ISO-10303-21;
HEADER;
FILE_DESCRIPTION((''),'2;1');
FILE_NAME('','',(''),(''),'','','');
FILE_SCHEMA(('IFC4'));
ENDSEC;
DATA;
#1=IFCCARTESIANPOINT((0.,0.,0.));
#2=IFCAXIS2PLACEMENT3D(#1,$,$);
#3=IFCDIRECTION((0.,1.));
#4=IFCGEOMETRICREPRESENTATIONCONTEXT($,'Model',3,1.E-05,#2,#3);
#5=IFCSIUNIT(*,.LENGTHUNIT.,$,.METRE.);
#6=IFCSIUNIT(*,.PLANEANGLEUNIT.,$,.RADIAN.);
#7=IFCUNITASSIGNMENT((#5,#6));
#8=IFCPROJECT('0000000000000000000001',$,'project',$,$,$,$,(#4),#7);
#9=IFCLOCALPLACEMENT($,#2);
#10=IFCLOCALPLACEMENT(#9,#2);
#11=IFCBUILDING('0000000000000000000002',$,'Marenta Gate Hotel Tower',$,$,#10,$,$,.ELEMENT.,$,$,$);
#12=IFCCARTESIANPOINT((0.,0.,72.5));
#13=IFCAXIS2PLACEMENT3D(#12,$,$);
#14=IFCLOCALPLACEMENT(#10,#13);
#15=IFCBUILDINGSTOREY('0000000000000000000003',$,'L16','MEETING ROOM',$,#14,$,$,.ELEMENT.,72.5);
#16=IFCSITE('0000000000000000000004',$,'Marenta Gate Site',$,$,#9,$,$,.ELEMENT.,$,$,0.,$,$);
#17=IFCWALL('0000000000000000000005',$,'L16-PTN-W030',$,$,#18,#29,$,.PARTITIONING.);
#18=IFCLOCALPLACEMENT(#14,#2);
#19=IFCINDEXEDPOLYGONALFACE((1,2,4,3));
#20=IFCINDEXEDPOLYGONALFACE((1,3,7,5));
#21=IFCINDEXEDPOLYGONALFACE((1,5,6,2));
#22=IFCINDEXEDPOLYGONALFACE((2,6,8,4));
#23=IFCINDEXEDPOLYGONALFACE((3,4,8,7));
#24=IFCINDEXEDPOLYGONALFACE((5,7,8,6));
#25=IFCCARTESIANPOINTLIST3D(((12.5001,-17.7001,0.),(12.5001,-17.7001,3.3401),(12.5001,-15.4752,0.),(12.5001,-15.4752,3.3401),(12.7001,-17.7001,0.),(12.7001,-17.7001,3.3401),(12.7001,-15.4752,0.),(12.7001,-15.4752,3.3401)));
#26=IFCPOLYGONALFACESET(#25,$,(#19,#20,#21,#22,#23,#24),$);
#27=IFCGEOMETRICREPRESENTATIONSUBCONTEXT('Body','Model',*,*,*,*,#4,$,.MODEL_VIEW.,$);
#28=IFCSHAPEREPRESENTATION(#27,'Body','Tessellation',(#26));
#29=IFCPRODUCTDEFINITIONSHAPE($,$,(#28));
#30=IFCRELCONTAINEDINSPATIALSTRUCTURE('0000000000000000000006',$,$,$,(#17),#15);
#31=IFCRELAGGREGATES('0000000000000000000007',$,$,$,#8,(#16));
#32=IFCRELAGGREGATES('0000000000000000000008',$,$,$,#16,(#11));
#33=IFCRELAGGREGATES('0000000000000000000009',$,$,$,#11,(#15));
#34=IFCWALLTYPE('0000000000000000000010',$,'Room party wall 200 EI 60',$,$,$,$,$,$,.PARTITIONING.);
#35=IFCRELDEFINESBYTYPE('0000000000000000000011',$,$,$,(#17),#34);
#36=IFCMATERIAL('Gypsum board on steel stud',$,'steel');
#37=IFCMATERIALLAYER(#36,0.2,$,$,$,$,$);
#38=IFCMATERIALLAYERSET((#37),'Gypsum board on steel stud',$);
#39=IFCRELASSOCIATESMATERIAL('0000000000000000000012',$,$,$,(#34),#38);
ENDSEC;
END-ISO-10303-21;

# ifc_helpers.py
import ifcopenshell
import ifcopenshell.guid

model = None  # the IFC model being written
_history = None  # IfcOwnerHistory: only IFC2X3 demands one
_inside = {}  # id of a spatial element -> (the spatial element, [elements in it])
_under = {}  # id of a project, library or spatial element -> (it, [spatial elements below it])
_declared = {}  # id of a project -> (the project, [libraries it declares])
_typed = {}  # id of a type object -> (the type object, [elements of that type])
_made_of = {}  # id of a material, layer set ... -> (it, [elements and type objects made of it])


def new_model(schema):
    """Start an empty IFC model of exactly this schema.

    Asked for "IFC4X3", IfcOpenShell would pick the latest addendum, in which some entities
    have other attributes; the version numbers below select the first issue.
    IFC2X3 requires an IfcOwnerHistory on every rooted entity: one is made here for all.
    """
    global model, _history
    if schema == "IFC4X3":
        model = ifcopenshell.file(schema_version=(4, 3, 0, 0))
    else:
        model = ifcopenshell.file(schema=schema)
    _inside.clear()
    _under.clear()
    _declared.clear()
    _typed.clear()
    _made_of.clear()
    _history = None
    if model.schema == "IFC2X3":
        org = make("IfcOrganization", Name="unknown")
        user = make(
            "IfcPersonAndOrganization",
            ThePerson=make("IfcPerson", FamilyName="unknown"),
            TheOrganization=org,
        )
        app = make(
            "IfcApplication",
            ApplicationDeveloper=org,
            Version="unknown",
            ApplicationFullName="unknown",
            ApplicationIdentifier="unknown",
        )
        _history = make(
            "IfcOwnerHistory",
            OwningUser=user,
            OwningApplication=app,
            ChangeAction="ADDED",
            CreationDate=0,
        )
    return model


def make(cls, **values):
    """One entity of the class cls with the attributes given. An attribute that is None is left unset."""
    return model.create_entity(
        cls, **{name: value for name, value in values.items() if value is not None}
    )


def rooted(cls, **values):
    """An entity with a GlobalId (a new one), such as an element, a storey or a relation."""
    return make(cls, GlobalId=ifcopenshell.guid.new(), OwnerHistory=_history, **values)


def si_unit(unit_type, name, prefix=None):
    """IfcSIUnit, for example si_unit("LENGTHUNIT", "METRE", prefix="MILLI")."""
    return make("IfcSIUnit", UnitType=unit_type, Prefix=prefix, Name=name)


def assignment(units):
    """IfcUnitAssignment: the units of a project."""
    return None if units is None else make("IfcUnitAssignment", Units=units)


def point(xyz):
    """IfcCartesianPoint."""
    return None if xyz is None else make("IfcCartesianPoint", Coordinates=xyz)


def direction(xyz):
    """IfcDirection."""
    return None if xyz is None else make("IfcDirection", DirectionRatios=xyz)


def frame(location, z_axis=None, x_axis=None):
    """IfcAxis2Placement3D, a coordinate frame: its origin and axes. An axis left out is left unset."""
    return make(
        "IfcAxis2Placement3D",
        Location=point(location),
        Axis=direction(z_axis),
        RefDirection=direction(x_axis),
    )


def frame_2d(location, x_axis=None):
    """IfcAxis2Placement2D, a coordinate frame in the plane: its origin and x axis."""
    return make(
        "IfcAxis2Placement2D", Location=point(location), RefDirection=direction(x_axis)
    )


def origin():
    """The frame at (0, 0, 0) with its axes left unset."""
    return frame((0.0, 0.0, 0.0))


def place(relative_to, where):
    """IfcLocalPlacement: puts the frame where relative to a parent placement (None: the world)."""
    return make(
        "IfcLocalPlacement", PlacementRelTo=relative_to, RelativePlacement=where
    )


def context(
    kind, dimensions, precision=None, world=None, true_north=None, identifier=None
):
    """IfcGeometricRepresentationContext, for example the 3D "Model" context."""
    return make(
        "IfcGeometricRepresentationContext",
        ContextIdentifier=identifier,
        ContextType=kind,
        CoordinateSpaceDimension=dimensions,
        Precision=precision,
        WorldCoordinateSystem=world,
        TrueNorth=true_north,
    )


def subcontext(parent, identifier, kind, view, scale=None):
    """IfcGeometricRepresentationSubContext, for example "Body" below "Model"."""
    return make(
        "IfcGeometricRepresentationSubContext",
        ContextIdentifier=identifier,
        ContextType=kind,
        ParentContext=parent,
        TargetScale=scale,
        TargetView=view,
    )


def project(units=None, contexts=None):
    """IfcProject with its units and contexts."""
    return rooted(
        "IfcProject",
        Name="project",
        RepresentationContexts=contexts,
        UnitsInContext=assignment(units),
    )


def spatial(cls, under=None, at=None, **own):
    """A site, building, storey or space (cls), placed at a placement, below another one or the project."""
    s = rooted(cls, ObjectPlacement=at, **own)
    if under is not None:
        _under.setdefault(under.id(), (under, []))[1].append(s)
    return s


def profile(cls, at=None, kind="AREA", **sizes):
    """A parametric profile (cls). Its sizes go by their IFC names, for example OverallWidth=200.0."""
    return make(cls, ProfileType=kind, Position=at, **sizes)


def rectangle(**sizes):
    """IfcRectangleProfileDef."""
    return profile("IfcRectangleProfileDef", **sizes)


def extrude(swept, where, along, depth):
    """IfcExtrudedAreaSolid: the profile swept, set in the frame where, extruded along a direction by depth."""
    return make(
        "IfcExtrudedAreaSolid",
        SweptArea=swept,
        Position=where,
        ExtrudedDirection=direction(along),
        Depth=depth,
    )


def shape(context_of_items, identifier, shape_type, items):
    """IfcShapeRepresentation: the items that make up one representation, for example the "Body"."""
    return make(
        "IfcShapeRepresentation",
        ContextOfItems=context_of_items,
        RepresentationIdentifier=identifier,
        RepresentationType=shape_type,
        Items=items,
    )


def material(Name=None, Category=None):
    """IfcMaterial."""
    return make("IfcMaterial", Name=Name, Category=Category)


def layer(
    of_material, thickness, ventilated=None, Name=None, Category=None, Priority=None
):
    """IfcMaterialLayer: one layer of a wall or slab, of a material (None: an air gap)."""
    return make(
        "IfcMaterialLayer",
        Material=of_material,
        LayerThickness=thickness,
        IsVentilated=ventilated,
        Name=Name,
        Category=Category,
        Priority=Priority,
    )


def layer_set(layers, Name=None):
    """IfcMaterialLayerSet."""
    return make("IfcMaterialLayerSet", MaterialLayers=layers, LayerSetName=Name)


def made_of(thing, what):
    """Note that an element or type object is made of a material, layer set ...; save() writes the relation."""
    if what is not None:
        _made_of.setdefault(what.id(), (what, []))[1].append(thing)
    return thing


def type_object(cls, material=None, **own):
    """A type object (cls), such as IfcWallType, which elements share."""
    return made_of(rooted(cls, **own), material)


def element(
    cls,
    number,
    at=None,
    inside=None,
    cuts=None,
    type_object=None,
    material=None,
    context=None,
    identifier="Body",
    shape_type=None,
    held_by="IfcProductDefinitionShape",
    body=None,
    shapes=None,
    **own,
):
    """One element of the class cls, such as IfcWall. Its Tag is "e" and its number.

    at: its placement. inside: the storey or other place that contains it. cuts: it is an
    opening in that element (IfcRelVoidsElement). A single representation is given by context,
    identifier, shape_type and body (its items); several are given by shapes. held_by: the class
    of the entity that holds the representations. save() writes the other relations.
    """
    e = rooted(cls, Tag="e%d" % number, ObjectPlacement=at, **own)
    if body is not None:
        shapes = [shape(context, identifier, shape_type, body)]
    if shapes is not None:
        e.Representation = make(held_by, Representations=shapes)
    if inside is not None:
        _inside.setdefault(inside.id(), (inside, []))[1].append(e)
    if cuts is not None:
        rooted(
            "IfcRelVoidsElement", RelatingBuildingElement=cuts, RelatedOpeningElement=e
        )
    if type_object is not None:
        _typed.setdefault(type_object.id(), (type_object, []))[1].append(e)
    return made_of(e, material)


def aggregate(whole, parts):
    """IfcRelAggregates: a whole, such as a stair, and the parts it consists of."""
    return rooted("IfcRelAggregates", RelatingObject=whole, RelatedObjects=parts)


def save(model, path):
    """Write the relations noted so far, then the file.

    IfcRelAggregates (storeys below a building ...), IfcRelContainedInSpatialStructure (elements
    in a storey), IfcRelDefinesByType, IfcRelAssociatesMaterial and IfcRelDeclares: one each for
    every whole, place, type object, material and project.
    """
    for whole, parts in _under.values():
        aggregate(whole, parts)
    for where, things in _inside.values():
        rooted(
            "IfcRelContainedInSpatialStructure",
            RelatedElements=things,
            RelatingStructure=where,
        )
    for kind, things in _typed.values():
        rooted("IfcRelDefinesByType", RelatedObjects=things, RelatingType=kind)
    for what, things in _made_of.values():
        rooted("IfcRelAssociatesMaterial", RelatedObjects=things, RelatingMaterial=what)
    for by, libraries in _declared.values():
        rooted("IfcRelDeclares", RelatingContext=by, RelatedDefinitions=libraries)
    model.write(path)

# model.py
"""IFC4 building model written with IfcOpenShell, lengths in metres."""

from ifc_helpers import new_model, si_unit, direction, frame, frame_2d, origin, place, context, subcontext, project, spatial, rectangle, extrude, material, layer, layer_set, type_object, element, save


model = new_model("IFC4")

# Units and contexts
model_context = context("Model", 3, precision=1e-05, world=origin(), true_north=direction((0.0, 1.0)))
body_context = subcontext(model_context, "Body", "Model", "MODEL_VIEW")
ifc_project = project(units=[si_unit("LENGTHUNIT", "METRE"), si_unit("PLANEANGLEUNIT", "RADIAN")], contexts=[model_context])

# Site, building, storey
site_placement = place(None, origin())
site = spatial("IfcSite", under=ifc_project, at=site_placement, Name="Marenta Gate Site", CompositionType="ELEMENT", RefElevation=0.0)
building_placement = place(site_placement, origin())
building = spatial("IfcBuilding", under=site, at=building_placement, Name="Marenta Gate Hotel Tower", CompositionType="ELEMENT")
storey_placement = place(building_placement, frame((0.0, 0.0, 72.5)))
storey = spatial("IfcBuildingStorey", under=building, at=storey_placement, Name="L16", Description="MEETING ROOM", CompositionType="ELEMENT", Elevation=72.5)

# Wall
ifc_material_1 = material(Name="Gypsum board on steel stud", Category="steel")
ifc_layer_1 = layer(ifc_material_1, 0.2)
ifc_layer_set_1 = layer_set([ifc_layer_1], Name="Gypsum board on steel stud")
wall_type_1 = type_object("IfcWallType", Name="Room party wall 200 EI 60", PredefinedType="PARTITIONING", material=ifc_layer_set_1)
wall_1_placement = place(storey_placement, frame((12.6001, -17.7, 0.0), z_axis=(0.0, 0.0, 1.0), x_axis=(0.0, 1.0, 0.0)))
element("IfcWall", 1, at=wall_1_placement, inside=storey, type_object=wall_type_1, Name="L16-PTN-W030", PredefinedType="PARTITIONING", context=body_context, shape_type="SweptSolid", body=[
    extrude(rectangle(XDim=2.2249, YDim=0.2, at=frame_2d((1.1123, 0.0))), origin(), (0.0, 0.0, 1.0), 3.3401),
])

save(model, "model.ifc")
